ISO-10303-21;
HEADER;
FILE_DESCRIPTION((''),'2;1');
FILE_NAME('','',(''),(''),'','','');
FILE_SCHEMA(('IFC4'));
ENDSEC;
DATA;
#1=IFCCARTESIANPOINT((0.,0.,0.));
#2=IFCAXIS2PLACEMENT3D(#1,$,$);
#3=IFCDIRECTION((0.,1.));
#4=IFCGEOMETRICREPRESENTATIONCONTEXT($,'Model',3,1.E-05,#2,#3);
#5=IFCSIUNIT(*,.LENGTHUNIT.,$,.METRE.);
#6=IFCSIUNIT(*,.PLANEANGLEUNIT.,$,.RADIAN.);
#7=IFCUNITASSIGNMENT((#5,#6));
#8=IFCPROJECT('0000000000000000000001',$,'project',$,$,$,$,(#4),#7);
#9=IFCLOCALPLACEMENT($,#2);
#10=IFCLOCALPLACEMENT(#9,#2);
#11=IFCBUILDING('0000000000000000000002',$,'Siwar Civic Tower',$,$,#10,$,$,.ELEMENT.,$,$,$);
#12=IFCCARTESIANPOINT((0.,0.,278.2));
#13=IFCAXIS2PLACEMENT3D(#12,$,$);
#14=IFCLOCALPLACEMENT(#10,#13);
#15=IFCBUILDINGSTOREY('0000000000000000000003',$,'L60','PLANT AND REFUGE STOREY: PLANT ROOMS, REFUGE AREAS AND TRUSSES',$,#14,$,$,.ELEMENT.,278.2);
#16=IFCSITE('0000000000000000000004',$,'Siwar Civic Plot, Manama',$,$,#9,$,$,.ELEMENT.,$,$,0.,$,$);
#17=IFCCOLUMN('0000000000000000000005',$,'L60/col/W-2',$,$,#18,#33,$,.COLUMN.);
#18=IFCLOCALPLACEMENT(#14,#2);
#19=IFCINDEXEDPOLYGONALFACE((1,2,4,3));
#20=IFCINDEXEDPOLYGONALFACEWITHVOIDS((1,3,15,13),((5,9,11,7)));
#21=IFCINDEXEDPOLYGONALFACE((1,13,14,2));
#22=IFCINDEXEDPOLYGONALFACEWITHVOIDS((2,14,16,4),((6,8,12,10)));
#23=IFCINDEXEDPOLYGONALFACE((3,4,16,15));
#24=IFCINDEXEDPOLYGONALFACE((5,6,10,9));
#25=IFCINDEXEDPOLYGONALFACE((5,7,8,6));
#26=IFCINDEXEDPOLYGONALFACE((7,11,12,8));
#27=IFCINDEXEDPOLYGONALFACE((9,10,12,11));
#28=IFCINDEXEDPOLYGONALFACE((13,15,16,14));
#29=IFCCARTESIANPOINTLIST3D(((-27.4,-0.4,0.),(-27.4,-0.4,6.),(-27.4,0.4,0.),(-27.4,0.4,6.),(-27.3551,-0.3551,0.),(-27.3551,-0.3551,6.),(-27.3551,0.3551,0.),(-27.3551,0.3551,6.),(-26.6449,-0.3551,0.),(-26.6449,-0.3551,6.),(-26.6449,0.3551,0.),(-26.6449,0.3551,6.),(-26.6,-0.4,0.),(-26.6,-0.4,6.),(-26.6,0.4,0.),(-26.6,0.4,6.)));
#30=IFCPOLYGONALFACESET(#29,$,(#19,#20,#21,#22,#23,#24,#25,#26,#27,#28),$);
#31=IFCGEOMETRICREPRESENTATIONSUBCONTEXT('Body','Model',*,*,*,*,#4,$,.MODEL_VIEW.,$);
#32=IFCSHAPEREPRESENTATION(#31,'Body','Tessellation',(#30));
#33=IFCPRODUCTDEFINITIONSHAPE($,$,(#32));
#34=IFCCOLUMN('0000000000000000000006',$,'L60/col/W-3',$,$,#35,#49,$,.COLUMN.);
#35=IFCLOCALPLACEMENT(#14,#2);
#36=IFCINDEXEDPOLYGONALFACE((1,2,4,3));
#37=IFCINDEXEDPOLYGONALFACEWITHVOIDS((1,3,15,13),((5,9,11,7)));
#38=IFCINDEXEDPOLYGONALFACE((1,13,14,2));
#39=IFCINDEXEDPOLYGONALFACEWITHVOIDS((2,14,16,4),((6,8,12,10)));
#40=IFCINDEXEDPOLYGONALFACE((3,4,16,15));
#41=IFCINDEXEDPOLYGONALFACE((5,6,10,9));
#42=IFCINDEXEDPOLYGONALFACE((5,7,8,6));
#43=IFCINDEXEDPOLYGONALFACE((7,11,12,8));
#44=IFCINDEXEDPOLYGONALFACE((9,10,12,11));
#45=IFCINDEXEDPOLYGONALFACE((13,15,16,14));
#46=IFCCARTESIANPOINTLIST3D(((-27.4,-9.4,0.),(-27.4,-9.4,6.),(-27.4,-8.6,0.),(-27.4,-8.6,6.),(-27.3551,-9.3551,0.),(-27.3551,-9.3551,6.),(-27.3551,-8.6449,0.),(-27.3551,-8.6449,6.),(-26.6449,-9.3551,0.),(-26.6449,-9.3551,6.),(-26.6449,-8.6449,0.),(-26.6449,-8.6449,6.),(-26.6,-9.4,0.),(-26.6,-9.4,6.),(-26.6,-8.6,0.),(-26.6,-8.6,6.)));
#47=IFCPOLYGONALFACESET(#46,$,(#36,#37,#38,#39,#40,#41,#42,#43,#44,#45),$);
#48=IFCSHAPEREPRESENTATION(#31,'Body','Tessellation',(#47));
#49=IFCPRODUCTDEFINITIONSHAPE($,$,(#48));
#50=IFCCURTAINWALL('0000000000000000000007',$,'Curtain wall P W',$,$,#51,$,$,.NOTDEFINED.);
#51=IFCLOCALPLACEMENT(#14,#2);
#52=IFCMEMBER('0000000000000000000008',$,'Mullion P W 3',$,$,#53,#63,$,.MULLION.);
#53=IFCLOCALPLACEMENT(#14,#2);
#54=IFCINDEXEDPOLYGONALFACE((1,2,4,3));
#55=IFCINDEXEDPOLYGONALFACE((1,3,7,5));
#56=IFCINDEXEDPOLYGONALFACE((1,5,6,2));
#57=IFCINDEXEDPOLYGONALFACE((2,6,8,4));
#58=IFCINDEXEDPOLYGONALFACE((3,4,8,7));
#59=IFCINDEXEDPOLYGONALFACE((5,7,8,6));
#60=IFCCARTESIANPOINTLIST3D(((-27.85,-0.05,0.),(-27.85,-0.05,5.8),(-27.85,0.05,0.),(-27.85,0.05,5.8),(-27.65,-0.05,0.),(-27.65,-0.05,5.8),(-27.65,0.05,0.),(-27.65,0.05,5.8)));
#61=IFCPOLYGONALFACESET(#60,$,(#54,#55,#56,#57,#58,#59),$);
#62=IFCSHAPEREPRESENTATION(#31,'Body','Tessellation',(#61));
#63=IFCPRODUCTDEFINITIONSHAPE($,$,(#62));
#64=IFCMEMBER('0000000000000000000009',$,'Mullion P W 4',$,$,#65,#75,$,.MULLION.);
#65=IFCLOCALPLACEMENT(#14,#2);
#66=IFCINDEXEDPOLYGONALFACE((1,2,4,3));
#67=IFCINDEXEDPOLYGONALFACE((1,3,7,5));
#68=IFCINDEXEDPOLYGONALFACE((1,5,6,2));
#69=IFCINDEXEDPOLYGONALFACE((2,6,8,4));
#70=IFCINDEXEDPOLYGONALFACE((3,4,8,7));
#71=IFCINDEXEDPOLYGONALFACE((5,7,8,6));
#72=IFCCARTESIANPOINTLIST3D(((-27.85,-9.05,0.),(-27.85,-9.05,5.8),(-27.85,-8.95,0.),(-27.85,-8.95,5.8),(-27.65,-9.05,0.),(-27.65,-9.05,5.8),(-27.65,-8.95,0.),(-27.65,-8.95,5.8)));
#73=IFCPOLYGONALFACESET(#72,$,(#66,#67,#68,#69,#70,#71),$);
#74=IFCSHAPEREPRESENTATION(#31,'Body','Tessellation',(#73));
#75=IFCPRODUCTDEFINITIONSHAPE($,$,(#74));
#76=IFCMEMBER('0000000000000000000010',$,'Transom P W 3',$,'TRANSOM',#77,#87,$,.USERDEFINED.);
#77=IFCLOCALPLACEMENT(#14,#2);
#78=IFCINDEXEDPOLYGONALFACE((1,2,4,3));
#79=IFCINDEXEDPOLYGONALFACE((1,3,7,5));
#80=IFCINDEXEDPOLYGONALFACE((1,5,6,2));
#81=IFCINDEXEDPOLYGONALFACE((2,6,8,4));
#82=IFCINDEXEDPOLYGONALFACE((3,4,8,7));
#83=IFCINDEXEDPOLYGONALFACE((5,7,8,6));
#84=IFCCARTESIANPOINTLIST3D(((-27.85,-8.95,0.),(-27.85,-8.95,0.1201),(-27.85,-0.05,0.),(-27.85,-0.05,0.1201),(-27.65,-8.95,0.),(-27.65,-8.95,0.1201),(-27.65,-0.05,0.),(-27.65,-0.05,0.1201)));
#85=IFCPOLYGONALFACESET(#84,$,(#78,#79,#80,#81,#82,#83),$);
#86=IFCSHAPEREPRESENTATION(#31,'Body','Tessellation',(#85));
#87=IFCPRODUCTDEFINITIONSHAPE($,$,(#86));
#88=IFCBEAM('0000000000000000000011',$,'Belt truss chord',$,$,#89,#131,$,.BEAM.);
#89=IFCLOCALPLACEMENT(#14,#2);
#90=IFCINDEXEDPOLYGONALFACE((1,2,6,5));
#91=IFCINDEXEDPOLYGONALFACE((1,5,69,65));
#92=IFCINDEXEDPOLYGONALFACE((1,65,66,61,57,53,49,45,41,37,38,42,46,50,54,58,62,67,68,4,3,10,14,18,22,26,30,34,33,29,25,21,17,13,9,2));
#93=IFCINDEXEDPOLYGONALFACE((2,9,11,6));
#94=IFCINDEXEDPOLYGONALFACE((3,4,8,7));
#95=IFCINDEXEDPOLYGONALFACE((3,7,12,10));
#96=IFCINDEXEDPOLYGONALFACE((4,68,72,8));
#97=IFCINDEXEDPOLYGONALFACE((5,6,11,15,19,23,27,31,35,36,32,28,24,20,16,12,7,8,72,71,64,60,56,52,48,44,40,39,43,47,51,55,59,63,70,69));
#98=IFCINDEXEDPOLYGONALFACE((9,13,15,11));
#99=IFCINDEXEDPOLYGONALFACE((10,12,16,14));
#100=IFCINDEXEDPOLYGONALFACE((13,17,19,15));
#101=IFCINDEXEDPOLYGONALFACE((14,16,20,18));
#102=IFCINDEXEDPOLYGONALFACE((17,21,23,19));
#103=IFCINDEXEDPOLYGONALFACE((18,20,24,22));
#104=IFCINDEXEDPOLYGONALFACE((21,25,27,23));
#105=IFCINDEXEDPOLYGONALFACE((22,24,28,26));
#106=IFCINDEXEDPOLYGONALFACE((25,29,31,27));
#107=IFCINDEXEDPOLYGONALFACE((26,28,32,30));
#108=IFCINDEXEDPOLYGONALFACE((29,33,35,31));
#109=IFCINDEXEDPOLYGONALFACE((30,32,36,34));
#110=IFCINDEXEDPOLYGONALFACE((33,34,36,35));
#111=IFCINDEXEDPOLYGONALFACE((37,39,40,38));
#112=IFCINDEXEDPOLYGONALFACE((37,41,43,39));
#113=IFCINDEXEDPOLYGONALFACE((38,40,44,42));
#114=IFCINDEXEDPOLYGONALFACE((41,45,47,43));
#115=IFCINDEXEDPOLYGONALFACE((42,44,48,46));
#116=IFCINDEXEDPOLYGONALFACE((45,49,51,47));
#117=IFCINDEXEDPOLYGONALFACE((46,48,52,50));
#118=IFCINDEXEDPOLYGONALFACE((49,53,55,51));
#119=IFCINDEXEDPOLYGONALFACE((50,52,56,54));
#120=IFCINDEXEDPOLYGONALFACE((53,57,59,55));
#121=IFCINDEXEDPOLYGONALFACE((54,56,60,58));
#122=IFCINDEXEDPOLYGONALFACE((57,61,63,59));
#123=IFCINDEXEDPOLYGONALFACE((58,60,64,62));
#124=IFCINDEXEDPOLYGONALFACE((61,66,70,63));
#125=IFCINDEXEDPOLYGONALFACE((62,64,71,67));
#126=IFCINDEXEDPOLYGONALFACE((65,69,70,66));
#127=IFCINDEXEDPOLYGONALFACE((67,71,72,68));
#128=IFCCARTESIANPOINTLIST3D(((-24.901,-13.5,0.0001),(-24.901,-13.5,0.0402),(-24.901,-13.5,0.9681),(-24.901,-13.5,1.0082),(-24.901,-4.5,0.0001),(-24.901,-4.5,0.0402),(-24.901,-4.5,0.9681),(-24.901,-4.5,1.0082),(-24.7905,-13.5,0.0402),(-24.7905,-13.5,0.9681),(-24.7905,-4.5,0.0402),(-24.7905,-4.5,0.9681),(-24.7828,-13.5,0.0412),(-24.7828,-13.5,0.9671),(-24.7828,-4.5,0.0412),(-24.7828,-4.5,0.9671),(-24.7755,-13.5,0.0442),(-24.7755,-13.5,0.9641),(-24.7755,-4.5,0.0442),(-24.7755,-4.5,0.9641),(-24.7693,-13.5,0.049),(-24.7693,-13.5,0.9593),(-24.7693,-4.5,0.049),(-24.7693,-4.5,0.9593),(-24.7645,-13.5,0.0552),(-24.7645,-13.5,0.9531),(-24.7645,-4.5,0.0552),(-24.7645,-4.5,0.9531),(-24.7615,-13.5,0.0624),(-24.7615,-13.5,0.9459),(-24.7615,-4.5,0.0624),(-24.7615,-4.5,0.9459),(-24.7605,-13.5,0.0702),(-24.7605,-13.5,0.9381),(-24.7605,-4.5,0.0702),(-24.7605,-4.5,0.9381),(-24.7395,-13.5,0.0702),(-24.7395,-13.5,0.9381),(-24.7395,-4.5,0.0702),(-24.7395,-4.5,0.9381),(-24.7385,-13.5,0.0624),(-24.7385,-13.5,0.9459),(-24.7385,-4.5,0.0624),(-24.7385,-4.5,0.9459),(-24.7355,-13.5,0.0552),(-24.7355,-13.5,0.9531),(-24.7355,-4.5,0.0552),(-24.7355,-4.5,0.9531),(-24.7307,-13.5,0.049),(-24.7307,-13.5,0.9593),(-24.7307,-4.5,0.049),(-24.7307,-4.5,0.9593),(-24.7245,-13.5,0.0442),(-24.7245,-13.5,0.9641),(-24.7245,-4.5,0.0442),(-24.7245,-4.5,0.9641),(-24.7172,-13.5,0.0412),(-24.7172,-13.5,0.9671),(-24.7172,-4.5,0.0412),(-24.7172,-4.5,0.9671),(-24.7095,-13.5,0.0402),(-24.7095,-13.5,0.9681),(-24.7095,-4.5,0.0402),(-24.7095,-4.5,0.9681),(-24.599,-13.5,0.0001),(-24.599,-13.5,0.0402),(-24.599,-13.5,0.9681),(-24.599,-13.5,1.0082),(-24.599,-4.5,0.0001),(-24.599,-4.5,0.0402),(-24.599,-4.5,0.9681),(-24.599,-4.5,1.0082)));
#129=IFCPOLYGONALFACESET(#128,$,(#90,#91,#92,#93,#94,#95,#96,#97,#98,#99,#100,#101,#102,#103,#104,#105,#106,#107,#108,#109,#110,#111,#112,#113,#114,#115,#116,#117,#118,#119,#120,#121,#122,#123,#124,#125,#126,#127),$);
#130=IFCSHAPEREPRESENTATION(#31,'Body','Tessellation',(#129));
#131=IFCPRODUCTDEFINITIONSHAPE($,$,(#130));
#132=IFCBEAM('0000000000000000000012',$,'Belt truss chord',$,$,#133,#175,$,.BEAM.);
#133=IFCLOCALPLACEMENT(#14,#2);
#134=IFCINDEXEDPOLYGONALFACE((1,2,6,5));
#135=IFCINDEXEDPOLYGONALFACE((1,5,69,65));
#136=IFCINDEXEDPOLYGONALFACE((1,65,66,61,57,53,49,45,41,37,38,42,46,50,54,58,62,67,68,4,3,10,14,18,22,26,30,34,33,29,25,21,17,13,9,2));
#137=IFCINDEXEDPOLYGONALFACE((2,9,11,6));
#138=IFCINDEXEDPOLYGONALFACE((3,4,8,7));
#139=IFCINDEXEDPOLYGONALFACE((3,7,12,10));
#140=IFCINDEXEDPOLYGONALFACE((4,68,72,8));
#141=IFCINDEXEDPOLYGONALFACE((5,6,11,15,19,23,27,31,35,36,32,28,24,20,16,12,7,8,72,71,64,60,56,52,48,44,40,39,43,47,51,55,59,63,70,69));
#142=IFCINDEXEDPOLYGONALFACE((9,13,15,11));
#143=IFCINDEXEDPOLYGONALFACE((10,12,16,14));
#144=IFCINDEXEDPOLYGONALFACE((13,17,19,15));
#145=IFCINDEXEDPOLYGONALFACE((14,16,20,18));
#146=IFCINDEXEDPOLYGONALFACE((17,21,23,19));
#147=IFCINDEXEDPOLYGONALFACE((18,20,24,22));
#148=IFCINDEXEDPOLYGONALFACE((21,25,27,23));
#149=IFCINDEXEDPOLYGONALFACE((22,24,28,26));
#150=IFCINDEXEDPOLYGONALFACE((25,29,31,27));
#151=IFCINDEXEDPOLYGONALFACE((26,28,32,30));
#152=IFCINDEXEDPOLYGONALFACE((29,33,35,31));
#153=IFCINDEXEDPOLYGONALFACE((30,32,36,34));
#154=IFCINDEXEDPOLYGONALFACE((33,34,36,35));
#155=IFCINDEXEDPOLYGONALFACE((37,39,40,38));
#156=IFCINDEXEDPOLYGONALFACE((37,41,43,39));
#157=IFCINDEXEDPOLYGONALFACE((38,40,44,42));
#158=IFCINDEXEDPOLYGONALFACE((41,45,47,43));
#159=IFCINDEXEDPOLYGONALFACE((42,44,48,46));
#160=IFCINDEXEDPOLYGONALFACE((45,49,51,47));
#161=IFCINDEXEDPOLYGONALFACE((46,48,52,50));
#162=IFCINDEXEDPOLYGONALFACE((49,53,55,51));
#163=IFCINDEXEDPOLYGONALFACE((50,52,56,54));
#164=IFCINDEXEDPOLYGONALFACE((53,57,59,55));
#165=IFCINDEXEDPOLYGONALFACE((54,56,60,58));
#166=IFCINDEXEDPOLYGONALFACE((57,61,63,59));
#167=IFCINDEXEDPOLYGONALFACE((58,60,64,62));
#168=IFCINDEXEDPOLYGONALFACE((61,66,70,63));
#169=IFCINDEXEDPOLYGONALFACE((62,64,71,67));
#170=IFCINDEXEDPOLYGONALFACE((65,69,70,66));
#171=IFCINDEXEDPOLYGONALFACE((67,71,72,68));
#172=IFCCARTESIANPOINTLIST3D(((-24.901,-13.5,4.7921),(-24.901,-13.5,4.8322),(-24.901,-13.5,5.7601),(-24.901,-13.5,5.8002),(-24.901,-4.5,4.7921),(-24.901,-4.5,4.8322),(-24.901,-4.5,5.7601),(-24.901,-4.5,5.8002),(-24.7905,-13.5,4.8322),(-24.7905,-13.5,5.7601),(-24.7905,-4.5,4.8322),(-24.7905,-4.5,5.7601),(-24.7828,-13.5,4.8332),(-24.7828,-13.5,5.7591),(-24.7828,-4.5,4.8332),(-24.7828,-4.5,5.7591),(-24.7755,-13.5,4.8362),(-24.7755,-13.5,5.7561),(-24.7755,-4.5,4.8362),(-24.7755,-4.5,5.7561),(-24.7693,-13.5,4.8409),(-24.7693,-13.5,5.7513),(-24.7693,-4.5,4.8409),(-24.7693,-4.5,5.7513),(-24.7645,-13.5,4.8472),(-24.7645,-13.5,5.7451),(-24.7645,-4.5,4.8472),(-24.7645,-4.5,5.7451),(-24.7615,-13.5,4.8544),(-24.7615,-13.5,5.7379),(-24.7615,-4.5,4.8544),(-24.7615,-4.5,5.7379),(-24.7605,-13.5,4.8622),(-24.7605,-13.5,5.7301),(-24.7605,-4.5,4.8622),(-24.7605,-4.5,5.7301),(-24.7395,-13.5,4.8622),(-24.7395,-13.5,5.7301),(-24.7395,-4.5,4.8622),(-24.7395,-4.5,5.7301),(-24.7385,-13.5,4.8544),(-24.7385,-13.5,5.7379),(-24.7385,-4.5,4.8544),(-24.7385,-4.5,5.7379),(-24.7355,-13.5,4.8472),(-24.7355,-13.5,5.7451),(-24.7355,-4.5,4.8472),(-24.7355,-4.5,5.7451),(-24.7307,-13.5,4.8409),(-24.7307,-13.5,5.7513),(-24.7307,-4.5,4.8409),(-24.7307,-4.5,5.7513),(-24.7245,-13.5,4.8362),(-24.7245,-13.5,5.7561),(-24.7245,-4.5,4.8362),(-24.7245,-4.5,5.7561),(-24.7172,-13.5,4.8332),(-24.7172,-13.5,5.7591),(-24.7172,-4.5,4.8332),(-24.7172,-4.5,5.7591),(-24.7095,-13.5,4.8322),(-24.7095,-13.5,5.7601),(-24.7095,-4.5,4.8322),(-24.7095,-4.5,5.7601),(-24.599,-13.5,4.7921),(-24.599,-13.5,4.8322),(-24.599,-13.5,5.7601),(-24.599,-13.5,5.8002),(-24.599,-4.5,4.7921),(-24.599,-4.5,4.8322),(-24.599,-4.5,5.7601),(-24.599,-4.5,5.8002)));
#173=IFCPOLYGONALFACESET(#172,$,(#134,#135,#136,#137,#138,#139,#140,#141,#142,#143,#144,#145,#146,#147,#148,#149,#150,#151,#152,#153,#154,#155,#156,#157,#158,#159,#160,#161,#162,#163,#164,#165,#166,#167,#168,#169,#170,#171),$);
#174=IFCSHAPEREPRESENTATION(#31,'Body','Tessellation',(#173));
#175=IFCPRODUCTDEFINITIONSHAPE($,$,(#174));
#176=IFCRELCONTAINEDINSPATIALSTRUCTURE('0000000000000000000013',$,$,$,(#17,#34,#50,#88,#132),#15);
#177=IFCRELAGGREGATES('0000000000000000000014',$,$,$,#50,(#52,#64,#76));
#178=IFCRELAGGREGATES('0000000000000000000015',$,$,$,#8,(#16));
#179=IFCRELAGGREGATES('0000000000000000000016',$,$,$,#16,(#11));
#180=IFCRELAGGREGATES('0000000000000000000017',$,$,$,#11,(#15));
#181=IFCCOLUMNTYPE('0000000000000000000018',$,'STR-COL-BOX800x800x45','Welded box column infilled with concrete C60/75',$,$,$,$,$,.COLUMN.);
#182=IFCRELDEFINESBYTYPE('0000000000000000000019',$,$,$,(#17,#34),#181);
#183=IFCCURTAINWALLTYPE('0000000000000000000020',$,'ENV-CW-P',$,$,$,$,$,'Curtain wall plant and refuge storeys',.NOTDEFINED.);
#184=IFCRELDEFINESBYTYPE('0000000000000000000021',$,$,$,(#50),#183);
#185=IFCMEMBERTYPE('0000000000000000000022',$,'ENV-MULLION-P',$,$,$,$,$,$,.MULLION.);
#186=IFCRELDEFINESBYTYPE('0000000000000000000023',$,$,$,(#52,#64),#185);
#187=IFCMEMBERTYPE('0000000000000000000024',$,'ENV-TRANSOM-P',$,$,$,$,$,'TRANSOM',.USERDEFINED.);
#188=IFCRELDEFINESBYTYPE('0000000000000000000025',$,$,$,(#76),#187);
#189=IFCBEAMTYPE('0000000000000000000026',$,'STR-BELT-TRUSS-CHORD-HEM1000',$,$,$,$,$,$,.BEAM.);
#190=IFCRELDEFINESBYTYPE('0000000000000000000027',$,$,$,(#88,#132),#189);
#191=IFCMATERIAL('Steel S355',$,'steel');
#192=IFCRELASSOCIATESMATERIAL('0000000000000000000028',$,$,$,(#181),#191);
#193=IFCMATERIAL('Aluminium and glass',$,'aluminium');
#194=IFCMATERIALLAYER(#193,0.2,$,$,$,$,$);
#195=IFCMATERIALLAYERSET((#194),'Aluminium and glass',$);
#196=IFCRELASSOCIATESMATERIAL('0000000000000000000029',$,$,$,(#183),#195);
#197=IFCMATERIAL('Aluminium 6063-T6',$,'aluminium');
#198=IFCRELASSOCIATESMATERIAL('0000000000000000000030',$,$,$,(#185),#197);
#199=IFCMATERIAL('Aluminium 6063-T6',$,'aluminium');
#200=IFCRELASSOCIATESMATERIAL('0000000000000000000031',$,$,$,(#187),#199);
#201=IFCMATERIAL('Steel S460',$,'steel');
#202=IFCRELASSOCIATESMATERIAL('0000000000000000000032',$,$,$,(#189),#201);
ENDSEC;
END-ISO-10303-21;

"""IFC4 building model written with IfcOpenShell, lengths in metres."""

from ifc_helpers import new_model, si_unit, direction, frame, origin, origin_2d, place, context, subcontext, project, spatial, rectangle, hollow_rectangle, i_section, extrude, material, layer, layer_set, material_profile, profile_set, type_object, element, aggregate, save


model = new_model("IFC4")

# Units and contexts
model_context = context("Model", 3, precision=1e-05, world=origin(), true_north=direction((0.0, 1.0)))
body_context = subcontext(model_context, "Body", "Model", "MODEL_VIEW")
ifc_project = project(units=[si_unit("LENGTHUNIT", "METRE"), si_unit("PLANEANGLEUNIT", "RADIAN")], contexts=[model_context])

# Site, building, storey
site_placement = place(None, origin())
site = spatial("IfcSite", under=ifc_project, at=site_placement, Name="Siwar Civic Plot, Manama", CompositionType="ELEMENT", RefElevation=0.0)
building_placement = place(site_placement, origin())
building = spatial("IfcBuilding", under=site, at=building_placement, Name="Siwar Civic Tower", CompositionType="ELEMENT")
storey_placement = place(building_placement, frame((0.0, 0.0, 278.2)))
storey = spatial("IfcBuildingStorey", under=building, at=storey_placement, Name="L60", Description="PLANT AND REFUGE STOREY: PLANT ROOMS, REFUGE AREAS AND TRUSSES", CompositionType="ELEMENT", Elevation=278.2)

# Columns
ifc_material_1 = material(Name="Steel S355", Category="steel")
ifc_material_profile_1 = material_profile(ifc_material_1, hollow_rectangle(XDim=0.8, YDim=0.8, WallThickness=0.0449, at=origin_2d()), Name="BOX800x800x45")
ifc_profile_set_1 = profile_set([ifc_material_profile_1], Name="Steel S355")
column_type = type_object("IfcColumnType", Name="STR-COL-BOX800x800x45", Description="Welded box column infilled with concrete C60/75", PredefinedType="COLUMN", material=ifc_profile_set_1)
for number, where, z_axis, x_axis, name in (
    (1, (-27.0, 0.0, 0.0), (0.0, 0.0, 1.0), (1.0, 0.0, 0.0), "L60/col/W-2"),
    (2, (-27.0, -9.0, 0.0), (0.0, 0.0, 1.0), (1.0, 0.0, 0.0), "L60/col/W-3"),
):
    element("IfcColumn", number, at=place(storey_placement, frame(where, z_axis=z_axis, x_axis=x_axis)), inside=storey, type_object=column_type, Name=name, PredefinedType="COLUMN", context=body_context, shape_type="SweptSolid", body=[
        extrude(hollow_rectangle(XDim=0.8, YDim=0.8, WallThickness=0.0449, at=origin_2d()), origin(), (0.0, 0.0, 1.0), 6.0),
    ])

# Curtain wall, members
ifc_material_2 = material(Name="Aluminium and glass", Category="aluminium")
ifc_layer_1 = layer(ifc_material_2, 0.2)
ifc_layer_set_1 = layer_set([ifc_layer_1], Name="Aluminium and glass")
curtain_wall_type = type_object("IfcCurtainWallType", Name="ENV-CW-P", ElementType="Curtain wall plant and refuge storeys", PredefinedType="NOTDEFINED", material=ifc_layer_set_1)
curtain_wall_placement = place(storey_placement, origin())
curtain_wall = element("IfcCurtainWall", 3, at=curtain_wall_placement, inside=storey, type_object=curtain_wall_type, Name="Curtain wall P W", PredefinedType="NOTDEFINED")
ifc_material_3 = material(Name="Aluminium 6063-T6", Category="aluminium")
ifc_material_profile_2 = material_profile(ifc_material_3, rectangle(XDim=0.2, YDim=0.1001, at=origin_2d()), Name="AL 200x100")
ifc_profile_set_2 = profile_set([ifc_material_profile_2], Name="Aluminium 6063-T6")
member_type_1 = type_object("IfcMemberType", Name="ENV-MULLION-P", PredefinedType="MULLION", material=ifc_profile_set_2)
member_1_placement = place(storey_placement, frame((-27.75, 0.0, 0.0), z_axis=(0.0, 0.0, 1.0), x_axis=(1.0, 0.0, 0.0)))
member_1 = element("IfcMember", 4, at=member_1_placement, type_object=member_type_1, Name="Mullion P W 3", PredefinedType="MULLION", context=body_context, shape_type="SweptSolid", body=[
    extrude(rectangle(XDim=0.2, YDim=0.1001, at=origin_2d()), origin(), (0.0, 0.0, 1.0), 5.8),
])
member_2_placement = place(storey_placement, frame((-27.75, -9.0, 0.0), z_axis=(0.0, 0.0, 1.0), x_axis=(1.0, 0.0, 0.0)))
member_2 = element("IfcMember", 5, at=member_2_placement, type_object=member_type_1, Name="Mullion P W 4", PredefinedType="MULLION", context=body_context, shape_type="SweptSolid", body=[
    extrude(rectangle(XDim=0.2, YDim=0.1001, at=origin_2d()), origin(), (0.0, 0.0, 1.0), 5.8),
])
ifc_material_4 = material(Name="Aluminium 6063-T6", Category="aluminium")
ifc_material_profile_3 = material_profile(ifc_material_4, rectangle(XDim=0.2, YDim=0.1201, at=origin_2d()), Name="AL 200x120")
ifc_profile_set_3 = profile_set([ifc_material_profile_3], Name="Aluminium 6063-T6")
member_type_2 = type_object("IfcMemberType", Name="ENV-TRANSOM-P", ElementType="TRANSOM", PredefinedType="USERDEFINED", material=ifc_profile_set_3)
member_3_placement = place(storey_placement, frame((-27.75, -0.05, 0.0601), z_axis=(0.0, -1.0, 0.0), x_axis=(1.0, 0.0, 0.0)))
member_3 = element("IfcMember", 6, at=member_3_placement, type_object=member_type_2, Name="Transom P W 3", ObjectType="TRANSOM", PredefinedType="USERDEFINED", context=body_context, shape_type="SweptSolid", body=[
    extrude(rectangle(XDim=0.2, YDim=0.1201, at=origin_2d()), origin(), (0.0, 0.0, 1.0), 8.8999),
])

# Beams
ifc_material_5 = material(Name="Steel S460", Category="steel")
ifc_material_profile_4 = material_profile(ifc_material_5, i_section(OverallWidth=0.302, OverallDepth=1.0081, WebThickness=0.021, FlangeThickness=0.04, FilletRadius=0.03, at=origin_2d()), Name="HEM1000")
ifc_profile_set_4 = profile_set([ifc_material_profile_4], Name="Steel S460")
beam_type_1 = type_object("IfcBeamType", Name="STR-BELT-TRUSS-CHORD-HEM1000", PredefinedType="BEAM", material=ifc_profile_set_4)
for number, where, z_axis, x_axis, name in (
    (7, (-24.75, -4.5, 0.5042), (0.0, -1.0, 0.0), (1.0, 0.0, 0.0), "Belt truss chord"),
    (8, (-24.75, -4.5, 5.2961), (0.0, -1.0, 0.0), (1.0, 0.0, 0.0), "Belt truss chord"),
):
    element("IfcBeam", number, at=place(storey_placement, frame(where, z_axis=z_axis, x_axis=x_axis)), inside=storey, type_object=beam_type_1, Name=name, PredefinedType="BEAM", context=body_context, shape_type="SweptSolid", body=[
        extrude(i_section(OverallWidth=0.302, OverallDepth=1.0081, WebThickness=0.021, FlangeThickness=0.04, FilletRadius=0.03, at=origin_2d()), origin(), (0.0, 0.0, 1.0), 9.0),
    ])

aggregate(curtain_wall, [member_1, member_2, member_3])

save(model, "model.ifc")
